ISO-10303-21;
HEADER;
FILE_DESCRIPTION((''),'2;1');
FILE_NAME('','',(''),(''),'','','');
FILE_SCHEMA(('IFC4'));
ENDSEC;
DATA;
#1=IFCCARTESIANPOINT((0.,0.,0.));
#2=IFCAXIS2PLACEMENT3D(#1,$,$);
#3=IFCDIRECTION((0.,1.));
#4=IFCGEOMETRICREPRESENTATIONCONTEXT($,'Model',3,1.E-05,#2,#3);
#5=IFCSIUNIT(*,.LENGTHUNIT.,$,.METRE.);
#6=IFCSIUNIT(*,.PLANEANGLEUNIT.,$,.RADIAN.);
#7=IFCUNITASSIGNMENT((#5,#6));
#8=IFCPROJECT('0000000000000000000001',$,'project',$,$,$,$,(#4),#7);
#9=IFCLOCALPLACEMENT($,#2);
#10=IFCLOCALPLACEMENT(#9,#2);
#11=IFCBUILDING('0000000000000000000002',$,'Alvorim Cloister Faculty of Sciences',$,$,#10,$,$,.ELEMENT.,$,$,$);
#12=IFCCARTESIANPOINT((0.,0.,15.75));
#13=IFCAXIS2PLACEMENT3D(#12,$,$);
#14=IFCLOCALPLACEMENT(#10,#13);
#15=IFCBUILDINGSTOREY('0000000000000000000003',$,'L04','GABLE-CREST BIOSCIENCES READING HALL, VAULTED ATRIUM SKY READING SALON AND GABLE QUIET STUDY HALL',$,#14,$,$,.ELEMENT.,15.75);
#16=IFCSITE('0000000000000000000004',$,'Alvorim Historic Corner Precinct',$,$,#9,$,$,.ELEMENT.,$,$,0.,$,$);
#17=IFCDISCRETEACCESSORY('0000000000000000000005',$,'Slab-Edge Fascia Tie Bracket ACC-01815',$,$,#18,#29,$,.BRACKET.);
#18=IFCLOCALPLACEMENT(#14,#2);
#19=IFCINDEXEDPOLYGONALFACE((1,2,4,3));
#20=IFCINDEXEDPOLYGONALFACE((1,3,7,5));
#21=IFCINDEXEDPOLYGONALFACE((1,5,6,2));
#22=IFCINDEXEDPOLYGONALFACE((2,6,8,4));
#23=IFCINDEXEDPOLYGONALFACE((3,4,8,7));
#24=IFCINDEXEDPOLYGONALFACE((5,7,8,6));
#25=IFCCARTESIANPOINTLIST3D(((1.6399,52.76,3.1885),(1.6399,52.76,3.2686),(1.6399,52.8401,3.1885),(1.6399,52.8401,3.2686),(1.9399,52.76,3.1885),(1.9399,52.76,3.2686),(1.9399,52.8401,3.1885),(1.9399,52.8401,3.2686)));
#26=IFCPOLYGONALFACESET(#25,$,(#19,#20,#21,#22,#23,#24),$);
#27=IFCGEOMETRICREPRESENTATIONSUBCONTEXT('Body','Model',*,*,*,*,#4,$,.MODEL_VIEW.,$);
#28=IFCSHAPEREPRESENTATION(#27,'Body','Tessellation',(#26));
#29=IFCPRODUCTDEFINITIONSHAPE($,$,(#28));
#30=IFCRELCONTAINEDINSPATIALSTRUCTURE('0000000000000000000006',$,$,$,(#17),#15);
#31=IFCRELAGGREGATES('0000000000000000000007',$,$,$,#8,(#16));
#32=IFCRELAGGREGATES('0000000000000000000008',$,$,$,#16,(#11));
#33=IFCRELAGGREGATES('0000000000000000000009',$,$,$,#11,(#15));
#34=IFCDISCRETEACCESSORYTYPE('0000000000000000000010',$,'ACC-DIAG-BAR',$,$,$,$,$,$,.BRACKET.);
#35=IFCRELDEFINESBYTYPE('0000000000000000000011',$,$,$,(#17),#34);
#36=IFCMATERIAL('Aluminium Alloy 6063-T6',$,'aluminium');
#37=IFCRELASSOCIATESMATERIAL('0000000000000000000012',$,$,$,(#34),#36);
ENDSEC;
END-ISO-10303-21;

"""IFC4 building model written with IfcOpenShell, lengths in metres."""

from ifc_helpers import new_model, si_unit, direction, frame, origin, origin_2d, place, context, subcontext, project, spatial, rectangle, extrude, material, type_object, element, save


model = new_model("IFC4")

# Units and contexts
model_context = context("Model", 3, precision=1e-05, world=origin(), true_north=direction((0.0, 1.0)))
body_context = subcontext(model_context, "Body", "Model", "MODEL_VIEW")
ifc_project = project(units=[si_unit("LENGTHUNIT", "METRE"), si_unit("PLANEANGLEUNIT", "RADIAN")], contexts=[model_context])

# Site, building, storey
site_placement = place(None, origin())
site = spatial("IfcSite", under=ifc_project, at=site_placement, Name="Alvorim Historic Corner Precinct", CompositionType="ELEMENT", RefElevation=0.0)
building_placement = place(site_placement, origin())
building = spatial("IfcBuilding", under=site, at=building_placement, Name="Alvorim Cloister Faculty of Sciences", CompositionType="ELEMENT")
storey_placement = place(building_placement, frame((0.0, 0.0, 15.75)))
storey = spatial("IfcBuildingStorey", under=building, at=storey_placement, Name="L04", Description="GABLE-CREST BIOSCIENCES READING HALL, VAULTED ATRIUM SKY READING SALON AND GABLE QUIET STUDY HALL", CompositionType="ELEMENT", Elevation=15.75)

# Shared definitions
ifc_material_1 = material(Name="Aluminium Alloy 6063-T6", Category="aluminium")

# Discrete accessory
discrete_accessory_type = type_object("IfcDiscreteAccessoryType", Name="ACC-DIAG-BAR", PredefinedType="BRACKET", material=ifc_material_1)
discrete_accessory_placement = place(storey_placement, frame((1.9399, 52.8, 3.2285), z_axis=(-1.0, 0.0, 0.0), x_axis=(0.0, -1.0, 0.0)))
element("IfcDiscreteAccessory", 1, at=discrete_accessory_placement, inside=storey, type_object=discrete_accessory_type, Name="Slab-Edge Fascia Tie Bracket ACC-01815", PredefinedType="BRACKET", context=body_context, shape_type="SweptSolid", body=[
    extrude(rectangle(XDim=0.0801, YDim=0.0801, at=origin_2d()), origin(), (0.0, 0.0, 1.0), 0.3),
])

save(model, "model.ifc")
